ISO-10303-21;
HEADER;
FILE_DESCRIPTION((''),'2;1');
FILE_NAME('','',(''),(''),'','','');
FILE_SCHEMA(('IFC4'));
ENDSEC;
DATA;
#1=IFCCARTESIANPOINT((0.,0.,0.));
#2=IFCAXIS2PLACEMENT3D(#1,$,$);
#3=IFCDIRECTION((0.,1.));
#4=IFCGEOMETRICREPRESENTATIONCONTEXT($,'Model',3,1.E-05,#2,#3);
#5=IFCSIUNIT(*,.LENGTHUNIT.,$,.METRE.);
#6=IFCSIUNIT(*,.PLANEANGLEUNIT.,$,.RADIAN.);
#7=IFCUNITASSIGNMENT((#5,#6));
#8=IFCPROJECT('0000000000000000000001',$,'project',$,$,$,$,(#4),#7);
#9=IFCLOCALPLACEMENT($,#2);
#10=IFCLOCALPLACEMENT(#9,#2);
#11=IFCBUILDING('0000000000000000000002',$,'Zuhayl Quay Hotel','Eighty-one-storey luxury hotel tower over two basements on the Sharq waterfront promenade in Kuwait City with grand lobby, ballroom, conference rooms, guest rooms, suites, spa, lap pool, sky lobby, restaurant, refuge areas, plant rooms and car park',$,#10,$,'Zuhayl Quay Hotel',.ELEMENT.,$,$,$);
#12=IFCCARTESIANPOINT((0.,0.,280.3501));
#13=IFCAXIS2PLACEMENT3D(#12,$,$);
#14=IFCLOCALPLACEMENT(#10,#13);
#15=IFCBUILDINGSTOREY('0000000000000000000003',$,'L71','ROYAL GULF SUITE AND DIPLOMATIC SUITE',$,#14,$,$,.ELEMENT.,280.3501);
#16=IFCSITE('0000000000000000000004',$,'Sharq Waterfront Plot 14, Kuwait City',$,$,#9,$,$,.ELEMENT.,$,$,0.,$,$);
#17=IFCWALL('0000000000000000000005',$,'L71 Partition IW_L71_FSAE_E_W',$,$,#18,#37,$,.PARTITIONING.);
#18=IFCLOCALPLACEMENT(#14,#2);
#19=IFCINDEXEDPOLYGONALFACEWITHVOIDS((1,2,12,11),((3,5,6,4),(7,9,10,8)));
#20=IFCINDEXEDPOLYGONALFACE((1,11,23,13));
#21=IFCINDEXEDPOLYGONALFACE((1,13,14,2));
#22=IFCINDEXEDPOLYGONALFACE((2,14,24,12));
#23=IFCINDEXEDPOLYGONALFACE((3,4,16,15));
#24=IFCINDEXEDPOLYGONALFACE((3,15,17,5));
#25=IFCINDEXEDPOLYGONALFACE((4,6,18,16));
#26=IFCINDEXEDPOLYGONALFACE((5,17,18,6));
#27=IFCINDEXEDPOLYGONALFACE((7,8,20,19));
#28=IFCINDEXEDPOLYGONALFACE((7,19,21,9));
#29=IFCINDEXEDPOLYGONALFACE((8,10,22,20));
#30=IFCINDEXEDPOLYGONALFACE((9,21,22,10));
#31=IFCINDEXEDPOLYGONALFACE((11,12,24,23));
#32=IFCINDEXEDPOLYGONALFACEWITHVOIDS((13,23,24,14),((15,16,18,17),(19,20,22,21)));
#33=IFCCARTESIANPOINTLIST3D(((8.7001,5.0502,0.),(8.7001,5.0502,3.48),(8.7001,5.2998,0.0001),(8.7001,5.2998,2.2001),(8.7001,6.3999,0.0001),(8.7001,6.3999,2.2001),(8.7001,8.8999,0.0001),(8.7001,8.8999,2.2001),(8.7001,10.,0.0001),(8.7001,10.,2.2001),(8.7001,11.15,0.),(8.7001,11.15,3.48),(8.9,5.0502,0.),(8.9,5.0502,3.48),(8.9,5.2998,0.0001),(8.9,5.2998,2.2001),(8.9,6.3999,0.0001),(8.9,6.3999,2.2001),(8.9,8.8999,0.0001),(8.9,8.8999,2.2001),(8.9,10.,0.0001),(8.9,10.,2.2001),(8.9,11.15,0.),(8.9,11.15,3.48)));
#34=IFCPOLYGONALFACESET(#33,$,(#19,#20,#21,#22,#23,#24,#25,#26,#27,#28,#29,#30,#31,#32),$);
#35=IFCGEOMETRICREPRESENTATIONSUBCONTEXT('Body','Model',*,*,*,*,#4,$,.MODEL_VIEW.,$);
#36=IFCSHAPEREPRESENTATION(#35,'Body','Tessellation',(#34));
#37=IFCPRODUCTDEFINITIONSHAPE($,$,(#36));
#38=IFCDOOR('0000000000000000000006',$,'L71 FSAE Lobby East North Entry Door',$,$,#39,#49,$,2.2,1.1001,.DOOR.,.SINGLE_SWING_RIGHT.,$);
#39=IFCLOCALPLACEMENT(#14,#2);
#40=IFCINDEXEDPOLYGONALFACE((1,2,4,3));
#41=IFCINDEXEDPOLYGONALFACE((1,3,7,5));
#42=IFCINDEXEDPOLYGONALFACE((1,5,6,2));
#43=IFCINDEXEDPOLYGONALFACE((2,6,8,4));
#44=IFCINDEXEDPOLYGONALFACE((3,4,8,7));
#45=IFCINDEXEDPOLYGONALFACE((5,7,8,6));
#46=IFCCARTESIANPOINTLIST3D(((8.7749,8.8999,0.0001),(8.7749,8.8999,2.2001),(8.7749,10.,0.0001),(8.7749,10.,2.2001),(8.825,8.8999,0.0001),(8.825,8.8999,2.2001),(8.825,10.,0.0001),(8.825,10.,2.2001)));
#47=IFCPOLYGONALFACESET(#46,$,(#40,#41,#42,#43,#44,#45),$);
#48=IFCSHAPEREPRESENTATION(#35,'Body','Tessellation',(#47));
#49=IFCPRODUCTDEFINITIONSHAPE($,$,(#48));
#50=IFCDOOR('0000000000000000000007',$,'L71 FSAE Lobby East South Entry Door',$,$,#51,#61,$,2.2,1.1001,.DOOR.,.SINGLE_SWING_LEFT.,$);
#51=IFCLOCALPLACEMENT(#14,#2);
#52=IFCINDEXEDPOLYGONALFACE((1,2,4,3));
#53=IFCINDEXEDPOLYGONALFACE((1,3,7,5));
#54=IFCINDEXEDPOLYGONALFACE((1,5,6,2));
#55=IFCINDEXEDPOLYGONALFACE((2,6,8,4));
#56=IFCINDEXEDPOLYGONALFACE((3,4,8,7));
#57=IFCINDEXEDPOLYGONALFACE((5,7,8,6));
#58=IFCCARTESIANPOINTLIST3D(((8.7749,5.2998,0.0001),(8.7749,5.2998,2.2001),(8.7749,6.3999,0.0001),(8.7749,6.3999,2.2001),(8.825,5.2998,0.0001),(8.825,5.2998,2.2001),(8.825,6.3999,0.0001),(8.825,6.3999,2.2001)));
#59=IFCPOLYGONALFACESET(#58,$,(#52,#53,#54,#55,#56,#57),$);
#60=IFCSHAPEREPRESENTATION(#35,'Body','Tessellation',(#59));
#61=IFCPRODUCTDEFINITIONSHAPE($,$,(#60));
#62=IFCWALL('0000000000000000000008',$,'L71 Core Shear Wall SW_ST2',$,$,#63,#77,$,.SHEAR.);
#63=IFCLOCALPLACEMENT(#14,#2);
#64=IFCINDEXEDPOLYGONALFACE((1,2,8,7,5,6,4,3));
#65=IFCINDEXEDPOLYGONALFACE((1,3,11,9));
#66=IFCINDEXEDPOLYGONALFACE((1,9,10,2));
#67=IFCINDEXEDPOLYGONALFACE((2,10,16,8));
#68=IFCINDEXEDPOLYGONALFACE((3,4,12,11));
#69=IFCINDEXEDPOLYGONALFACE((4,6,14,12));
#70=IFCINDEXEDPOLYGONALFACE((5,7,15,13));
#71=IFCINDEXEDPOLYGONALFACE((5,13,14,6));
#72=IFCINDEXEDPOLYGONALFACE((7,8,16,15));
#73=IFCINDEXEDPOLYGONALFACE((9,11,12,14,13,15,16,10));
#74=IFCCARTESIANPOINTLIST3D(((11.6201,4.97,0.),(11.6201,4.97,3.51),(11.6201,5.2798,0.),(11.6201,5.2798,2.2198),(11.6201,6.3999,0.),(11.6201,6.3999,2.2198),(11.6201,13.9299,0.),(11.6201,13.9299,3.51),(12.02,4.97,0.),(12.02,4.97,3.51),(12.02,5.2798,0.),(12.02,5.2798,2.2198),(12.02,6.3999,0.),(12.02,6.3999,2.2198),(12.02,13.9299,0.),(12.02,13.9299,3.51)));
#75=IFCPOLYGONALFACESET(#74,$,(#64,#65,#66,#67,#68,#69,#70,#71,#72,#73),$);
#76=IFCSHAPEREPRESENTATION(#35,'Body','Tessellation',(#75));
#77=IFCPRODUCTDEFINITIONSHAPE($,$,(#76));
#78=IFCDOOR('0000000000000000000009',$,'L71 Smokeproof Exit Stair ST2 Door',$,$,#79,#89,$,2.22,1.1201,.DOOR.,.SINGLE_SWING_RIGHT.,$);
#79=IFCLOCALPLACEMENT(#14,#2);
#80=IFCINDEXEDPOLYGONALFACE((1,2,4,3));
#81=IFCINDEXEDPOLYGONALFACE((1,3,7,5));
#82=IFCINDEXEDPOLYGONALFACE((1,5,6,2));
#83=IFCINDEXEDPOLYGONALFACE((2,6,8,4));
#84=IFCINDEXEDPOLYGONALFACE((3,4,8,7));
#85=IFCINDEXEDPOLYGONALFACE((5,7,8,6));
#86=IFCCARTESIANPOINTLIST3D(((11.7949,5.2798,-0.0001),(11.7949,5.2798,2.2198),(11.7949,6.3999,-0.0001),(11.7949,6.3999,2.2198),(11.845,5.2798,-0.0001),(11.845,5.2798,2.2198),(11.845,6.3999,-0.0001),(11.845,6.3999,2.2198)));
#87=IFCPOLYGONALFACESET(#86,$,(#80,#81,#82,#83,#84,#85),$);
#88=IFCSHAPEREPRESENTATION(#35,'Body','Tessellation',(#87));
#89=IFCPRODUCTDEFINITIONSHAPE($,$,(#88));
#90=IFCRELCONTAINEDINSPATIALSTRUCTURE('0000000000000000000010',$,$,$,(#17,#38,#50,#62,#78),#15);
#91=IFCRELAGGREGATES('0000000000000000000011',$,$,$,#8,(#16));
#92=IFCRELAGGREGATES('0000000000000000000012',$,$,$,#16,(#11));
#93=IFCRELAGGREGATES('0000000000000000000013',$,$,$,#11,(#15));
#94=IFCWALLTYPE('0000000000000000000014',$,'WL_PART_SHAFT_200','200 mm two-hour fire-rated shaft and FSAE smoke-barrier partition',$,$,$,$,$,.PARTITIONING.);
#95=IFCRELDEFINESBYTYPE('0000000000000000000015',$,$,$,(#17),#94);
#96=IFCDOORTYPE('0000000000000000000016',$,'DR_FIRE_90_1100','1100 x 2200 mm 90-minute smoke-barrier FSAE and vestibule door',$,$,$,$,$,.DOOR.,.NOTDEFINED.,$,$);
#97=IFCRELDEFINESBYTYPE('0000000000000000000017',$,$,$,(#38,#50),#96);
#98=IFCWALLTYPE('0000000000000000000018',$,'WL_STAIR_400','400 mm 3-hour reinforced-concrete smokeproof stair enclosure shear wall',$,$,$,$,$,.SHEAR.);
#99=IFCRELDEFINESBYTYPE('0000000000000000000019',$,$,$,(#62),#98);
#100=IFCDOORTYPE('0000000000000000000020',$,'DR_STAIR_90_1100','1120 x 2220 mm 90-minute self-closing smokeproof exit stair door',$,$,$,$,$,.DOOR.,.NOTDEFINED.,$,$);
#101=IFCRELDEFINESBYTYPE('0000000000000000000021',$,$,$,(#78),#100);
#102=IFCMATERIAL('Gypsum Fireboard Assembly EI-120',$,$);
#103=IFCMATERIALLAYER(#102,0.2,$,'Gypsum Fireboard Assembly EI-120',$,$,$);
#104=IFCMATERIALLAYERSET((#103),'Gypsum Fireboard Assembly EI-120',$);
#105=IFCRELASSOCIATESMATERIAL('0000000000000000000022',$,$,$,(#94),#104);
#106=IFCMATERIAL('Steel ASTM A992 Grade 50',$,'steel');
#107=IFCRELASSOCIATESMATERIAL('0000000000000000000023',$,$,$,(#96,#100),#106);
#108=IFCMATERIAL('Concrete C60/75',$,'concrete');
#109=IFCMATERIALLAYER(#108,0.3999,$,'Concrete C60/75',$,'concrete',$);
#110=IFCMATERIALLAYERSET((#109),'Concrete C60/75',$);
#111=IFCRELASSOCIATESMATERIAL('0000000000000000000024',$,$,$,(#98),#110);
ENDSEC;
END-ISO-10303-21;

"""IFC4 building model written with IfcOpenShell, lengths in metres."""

from ifc_helpers import new_model, si_unit, direction, frame, frame_2d, origin, place, context, subcontext, project, spatial, rectangle, extrude, material, layer, layer_set, type_object, element, fill, save


model = new_model("IFC4")

# Units and contexts
model_context = context("Model", 3, precision=1e-05, world=origin(), true_north=direction((0.0, 1.0)))
body_context = subcontext(model_context, "Body", "Model", "MODEL_VIEW")
ifc_project = project(units=[si_unit("LENGTHUNIT", "METRE"), si_unit("PLANEANGLEUNIT", "RADIAN")], contexts=[model_context])

# Site, building, storey
site_placement = place(None, origin())
site = spatial("IfcSite", under=ifc_project, at=site_placement, Name="Sharq Waterfront Plot 14, Kuwait City", CompositionType="ELEMENT", RefElevation=0.0)
building_placement = place(site_placement, origin())
building = spatial("IfcBuilding", under=site, at=building_placement, Name="Zuhayl Quay Hotel", Description="Eighty-one-storey luxury hotel tower over two basements on the Sharq waterfront promenade in Kuwait City with grand lobby, ballroom, conference rooms, guest rooms, suites, spa, lap pool, sky lobby, restaurant, refuge areas, plant rooms and car park", LongName="Zuhayl Quay Hotel", CompositionType="ELEMENT")
storey_placement = place(building_placement, frame((0.0, 0.0, 280.3501)))
storey = spatial("IfcBuildingStorey", under=building, at=storey_placement, Name="L71", Description="ROYAL GULF SUITE AND DIPLOMATIC SUITE", CompositionType="ELEMENT", Elevation=280.3501)

# Shared definitions
ifc_material_1 = material(Name="Concrete C60/75", Category="concrete")

# Shared definitions
ifc_material_2 = material(Name="Steel ASTM A992 Grade 50", Category="steel")

# Wall, openings, doors
ifc_material_3 = material(Name="Gypsum Fireboard Assembly EI-120")
ifc_layer_1 = layer(ifc_material_3, 0.2, Name="Gypsum Fireboard Assembly EI-120")
ifc_layer_set_1 = layer_set([ifc_layer_1], Name="Gypsum Fireboard Assembly EI-120")
wall_type_1 = type_object("IfcWallType", Name="WL_PART_SHAFT_200", Description="200 mm two-hour fire-rated shaft and FSAE smoke-barrier partition", PredefinedType="PARTITIONING", material=ifc_layer_set_1)
wall_1_placement = place(storey_placement, frame((8.8, 11.1499, 0.0), z_axis=(0.0, 0.0, 1.0), x_axis=(0.0, -1.0, 0.0)))
wall_1 = element("IfcWall", 1, at=wall_1_placement, inside=storey, type_object=wall_type_1, Name="L71 Partition IW_L71_FSAE_E_W", PredefinedType="PARTITIONING", context=body_context, shape_type="SweptSolid", body=[
    extrude(rectangle(XDim=6.0999, YDim=0.2, at=frame_2d((3.0498, 0.0))), origin(), (0.0, 0.0, 1.0), 3.48),
])
opening_1_placement = place(wall_1_placement, frame((1.1499, 0.0, 0.0)))
opening_1 = element("IfcOpeningElement", 2, at=opening_1_placement, cuts=wall_1, PredefinedType="OPENING", context=body_context, shape_type="SweptSolid", body=[
    extrude(rectangle(XDim=1.1001, YDim=2.2, at=frame_2d((0.55, 1.1001))), frame((0.0, 0.1099, 0.0), z_axis=(0.0, -1.0, 0.0), x_axis=(1.0, 0.0, 0.0)), (0.0, 0.0, 1.0), 0.22),
])
opening_2_placement = place(wall_1_placement, frame((4.75, 0.0, 0.0)))
opening_2 = element("IfcOpeningElement", 3, at=opening_2_placement, cuts=wall_1, PredefinedType="OPENING", context=body_context, shape_type="SweptSolid", body=[
    extrude(rectangle(XDim=1.1001, YDim=2.2, at=frame_2d((0.55, 1.1001))), frame((0.0, 0.1099, 0.0), z_axis=(0.0, -1.0, 0.0), x_axis=(1.0, 0.0, 0.0)), (0.0, 0.0, 1.0), 0.22),
])
door_type_1 = type_object("IfcDoorType", Name="DR_FIRE_90_1100", Description="1100 x 2200 mm 90-minute smoke-barrier FSAE and vestibule door", OperationType="NOTDEFINED", PredefinedType="DOOR", material=ifc_material_2)
door_1_placement = place(opening_1_placement, origin())
door_1 = element("IfcDoor", 4, at=door_1_placement, inside=storey, type_object=door_type_1, Name="L71 FSAE Lobby East North Entry Door", OperationType="SINGLE_SWING_RIGHT", OverallHeight=2.2, OverallWidth=1.1001, PredefinedType="DOOR", context=body_context, shape_type="SweptSolid", body=[
    extrude(rectangle(XDim=1.1001, YDim=2.2, at=frame_2d((0.55, 1.1001))), frame((0.0, 0.0249, 0.0), z_axis=(0.0, -1.0, 0.0), x_axis=(1.0, 0.0, 0.0)), (0.0, 0.0, 1.0), 0.05),
])
fill(opening_1, door_1)
door_2_placement = place(opening_2_placement, origin())
door_2 = element("IfcDoor", 5, at=door_2_placement, inside=storey, type_object=door_type_1, Name="L71 FSAE Lobby East South Entry Door", OperationType="SINGLE_SWING_LEFT", OverallHeight=2.2, OverallWidth=1.1001, PredefinedType="DOOR", context=body_context, shape_type="SweptSolid", body=[
    extrude(rectangle(XDim=1.1001, YDim=2.2, at=frame_2d((0.55, 1.1001))), frame((0.0, 0.0249, 0.0), z_axis=(0.0, -1.0, 0.0), x_axis=(1.0, 0.0, 0.0)), (0.0, 0.0, 1.0), 0.05),
])
fill(opening_2, door_2)

# Wall, opening, door
ifc_layer_2 = layer(ifc_material_1, 0.3999, Name="Concrete C60/75", Category="concrete")
ifc_layer_set_2 = layer_set([ifc_layer_2], Name="Concrete C60/75")
wall_type_2 = type_object("IfcWallType", Name="WL_STAIR_400", Description="400 mm 3-hour reinforced-concrete smokeproof stair enclosure shear wall", PredefinedType="SHEAR", material=ifc_layer_set_2)
wall_2_placement = place(storey_placement, frame((11.8201, 13.9299, 0.0), z_axis=(0.0, 0.0, 1.0), x_axis=(0.0, -1.0, 0.0)))
wall_2 = element("IfcWall", 6, at=wall_2_placement, inside=storey, type_object=wall_type_2, Name="L71 Core Shear Wall SW_ST2", PredefinedType="SHEAR", context=body_context, shape_type="SweptSolid", body=[
    extrude(rectangle(XDim=8.96, YDim=0.3999, at=frame_2d((4.48, 0.0))), origin(), (0.0, 0.0, 1.0), 3.51),
])
opening_3_placement = place(wall_2_placement, frame((7.53, 0.0, 0.0)))
opening_3 = element("IfcOpeningElement", 7, at=opening_3_placement, cuts=wall_2, PredefinedType="OPENING", context=body_context, shape_type="SweptSolid", body=[
    extrude(rectangle(XDim=1.1201, YDim=2.22, at=frame_2d((0.5601, 1.1099))), frame((0.0, 0.21, 0.0), z_axis=(0.0, -1.0, 0.0), x_axis=(1.0, 0.0, 0.0)), (0.0, 0.0, 1.0), 0.4199),
])
door_type_2 = type_object("IfcDoorType", Name="DR_STAIR_90_1100", Description="1120 x 2220 mm 90-minute self-closing smokeproof exit stair door", OperationType="NOTDEFINED", PredefinedType="DOOR", material=ifc_material_2)
door_3_placement = place(opening_3_placement, origin())
door_3 = element("IfcDoor", 8, at=door_3_placement, inside=storey, type_object=door_type_2, Name="L71 Smokeproof Exit Stair ST2 Door", OperationType="SINGLE_SWING_RIGHT", OverallHeight=2.22, OverallWidth=1.1201, PredefinedType="DOOR", context=body_context, shape_type="SweptSolid", body=[
    extrude(rectangle(XDim=1.1201, YDim=2.22, at=frame_2d((0.5601, 1.1099))), frame((0.0, 0.0249, 0.0), z_axis=(0.0, -1.0, 0.0), x_axis=(1.0, 0.0, 0.0)), (0.0, 0.0, 1.0), 0.05),
])
fill(opening_3, door_3)

save(model, "model.ifc")
